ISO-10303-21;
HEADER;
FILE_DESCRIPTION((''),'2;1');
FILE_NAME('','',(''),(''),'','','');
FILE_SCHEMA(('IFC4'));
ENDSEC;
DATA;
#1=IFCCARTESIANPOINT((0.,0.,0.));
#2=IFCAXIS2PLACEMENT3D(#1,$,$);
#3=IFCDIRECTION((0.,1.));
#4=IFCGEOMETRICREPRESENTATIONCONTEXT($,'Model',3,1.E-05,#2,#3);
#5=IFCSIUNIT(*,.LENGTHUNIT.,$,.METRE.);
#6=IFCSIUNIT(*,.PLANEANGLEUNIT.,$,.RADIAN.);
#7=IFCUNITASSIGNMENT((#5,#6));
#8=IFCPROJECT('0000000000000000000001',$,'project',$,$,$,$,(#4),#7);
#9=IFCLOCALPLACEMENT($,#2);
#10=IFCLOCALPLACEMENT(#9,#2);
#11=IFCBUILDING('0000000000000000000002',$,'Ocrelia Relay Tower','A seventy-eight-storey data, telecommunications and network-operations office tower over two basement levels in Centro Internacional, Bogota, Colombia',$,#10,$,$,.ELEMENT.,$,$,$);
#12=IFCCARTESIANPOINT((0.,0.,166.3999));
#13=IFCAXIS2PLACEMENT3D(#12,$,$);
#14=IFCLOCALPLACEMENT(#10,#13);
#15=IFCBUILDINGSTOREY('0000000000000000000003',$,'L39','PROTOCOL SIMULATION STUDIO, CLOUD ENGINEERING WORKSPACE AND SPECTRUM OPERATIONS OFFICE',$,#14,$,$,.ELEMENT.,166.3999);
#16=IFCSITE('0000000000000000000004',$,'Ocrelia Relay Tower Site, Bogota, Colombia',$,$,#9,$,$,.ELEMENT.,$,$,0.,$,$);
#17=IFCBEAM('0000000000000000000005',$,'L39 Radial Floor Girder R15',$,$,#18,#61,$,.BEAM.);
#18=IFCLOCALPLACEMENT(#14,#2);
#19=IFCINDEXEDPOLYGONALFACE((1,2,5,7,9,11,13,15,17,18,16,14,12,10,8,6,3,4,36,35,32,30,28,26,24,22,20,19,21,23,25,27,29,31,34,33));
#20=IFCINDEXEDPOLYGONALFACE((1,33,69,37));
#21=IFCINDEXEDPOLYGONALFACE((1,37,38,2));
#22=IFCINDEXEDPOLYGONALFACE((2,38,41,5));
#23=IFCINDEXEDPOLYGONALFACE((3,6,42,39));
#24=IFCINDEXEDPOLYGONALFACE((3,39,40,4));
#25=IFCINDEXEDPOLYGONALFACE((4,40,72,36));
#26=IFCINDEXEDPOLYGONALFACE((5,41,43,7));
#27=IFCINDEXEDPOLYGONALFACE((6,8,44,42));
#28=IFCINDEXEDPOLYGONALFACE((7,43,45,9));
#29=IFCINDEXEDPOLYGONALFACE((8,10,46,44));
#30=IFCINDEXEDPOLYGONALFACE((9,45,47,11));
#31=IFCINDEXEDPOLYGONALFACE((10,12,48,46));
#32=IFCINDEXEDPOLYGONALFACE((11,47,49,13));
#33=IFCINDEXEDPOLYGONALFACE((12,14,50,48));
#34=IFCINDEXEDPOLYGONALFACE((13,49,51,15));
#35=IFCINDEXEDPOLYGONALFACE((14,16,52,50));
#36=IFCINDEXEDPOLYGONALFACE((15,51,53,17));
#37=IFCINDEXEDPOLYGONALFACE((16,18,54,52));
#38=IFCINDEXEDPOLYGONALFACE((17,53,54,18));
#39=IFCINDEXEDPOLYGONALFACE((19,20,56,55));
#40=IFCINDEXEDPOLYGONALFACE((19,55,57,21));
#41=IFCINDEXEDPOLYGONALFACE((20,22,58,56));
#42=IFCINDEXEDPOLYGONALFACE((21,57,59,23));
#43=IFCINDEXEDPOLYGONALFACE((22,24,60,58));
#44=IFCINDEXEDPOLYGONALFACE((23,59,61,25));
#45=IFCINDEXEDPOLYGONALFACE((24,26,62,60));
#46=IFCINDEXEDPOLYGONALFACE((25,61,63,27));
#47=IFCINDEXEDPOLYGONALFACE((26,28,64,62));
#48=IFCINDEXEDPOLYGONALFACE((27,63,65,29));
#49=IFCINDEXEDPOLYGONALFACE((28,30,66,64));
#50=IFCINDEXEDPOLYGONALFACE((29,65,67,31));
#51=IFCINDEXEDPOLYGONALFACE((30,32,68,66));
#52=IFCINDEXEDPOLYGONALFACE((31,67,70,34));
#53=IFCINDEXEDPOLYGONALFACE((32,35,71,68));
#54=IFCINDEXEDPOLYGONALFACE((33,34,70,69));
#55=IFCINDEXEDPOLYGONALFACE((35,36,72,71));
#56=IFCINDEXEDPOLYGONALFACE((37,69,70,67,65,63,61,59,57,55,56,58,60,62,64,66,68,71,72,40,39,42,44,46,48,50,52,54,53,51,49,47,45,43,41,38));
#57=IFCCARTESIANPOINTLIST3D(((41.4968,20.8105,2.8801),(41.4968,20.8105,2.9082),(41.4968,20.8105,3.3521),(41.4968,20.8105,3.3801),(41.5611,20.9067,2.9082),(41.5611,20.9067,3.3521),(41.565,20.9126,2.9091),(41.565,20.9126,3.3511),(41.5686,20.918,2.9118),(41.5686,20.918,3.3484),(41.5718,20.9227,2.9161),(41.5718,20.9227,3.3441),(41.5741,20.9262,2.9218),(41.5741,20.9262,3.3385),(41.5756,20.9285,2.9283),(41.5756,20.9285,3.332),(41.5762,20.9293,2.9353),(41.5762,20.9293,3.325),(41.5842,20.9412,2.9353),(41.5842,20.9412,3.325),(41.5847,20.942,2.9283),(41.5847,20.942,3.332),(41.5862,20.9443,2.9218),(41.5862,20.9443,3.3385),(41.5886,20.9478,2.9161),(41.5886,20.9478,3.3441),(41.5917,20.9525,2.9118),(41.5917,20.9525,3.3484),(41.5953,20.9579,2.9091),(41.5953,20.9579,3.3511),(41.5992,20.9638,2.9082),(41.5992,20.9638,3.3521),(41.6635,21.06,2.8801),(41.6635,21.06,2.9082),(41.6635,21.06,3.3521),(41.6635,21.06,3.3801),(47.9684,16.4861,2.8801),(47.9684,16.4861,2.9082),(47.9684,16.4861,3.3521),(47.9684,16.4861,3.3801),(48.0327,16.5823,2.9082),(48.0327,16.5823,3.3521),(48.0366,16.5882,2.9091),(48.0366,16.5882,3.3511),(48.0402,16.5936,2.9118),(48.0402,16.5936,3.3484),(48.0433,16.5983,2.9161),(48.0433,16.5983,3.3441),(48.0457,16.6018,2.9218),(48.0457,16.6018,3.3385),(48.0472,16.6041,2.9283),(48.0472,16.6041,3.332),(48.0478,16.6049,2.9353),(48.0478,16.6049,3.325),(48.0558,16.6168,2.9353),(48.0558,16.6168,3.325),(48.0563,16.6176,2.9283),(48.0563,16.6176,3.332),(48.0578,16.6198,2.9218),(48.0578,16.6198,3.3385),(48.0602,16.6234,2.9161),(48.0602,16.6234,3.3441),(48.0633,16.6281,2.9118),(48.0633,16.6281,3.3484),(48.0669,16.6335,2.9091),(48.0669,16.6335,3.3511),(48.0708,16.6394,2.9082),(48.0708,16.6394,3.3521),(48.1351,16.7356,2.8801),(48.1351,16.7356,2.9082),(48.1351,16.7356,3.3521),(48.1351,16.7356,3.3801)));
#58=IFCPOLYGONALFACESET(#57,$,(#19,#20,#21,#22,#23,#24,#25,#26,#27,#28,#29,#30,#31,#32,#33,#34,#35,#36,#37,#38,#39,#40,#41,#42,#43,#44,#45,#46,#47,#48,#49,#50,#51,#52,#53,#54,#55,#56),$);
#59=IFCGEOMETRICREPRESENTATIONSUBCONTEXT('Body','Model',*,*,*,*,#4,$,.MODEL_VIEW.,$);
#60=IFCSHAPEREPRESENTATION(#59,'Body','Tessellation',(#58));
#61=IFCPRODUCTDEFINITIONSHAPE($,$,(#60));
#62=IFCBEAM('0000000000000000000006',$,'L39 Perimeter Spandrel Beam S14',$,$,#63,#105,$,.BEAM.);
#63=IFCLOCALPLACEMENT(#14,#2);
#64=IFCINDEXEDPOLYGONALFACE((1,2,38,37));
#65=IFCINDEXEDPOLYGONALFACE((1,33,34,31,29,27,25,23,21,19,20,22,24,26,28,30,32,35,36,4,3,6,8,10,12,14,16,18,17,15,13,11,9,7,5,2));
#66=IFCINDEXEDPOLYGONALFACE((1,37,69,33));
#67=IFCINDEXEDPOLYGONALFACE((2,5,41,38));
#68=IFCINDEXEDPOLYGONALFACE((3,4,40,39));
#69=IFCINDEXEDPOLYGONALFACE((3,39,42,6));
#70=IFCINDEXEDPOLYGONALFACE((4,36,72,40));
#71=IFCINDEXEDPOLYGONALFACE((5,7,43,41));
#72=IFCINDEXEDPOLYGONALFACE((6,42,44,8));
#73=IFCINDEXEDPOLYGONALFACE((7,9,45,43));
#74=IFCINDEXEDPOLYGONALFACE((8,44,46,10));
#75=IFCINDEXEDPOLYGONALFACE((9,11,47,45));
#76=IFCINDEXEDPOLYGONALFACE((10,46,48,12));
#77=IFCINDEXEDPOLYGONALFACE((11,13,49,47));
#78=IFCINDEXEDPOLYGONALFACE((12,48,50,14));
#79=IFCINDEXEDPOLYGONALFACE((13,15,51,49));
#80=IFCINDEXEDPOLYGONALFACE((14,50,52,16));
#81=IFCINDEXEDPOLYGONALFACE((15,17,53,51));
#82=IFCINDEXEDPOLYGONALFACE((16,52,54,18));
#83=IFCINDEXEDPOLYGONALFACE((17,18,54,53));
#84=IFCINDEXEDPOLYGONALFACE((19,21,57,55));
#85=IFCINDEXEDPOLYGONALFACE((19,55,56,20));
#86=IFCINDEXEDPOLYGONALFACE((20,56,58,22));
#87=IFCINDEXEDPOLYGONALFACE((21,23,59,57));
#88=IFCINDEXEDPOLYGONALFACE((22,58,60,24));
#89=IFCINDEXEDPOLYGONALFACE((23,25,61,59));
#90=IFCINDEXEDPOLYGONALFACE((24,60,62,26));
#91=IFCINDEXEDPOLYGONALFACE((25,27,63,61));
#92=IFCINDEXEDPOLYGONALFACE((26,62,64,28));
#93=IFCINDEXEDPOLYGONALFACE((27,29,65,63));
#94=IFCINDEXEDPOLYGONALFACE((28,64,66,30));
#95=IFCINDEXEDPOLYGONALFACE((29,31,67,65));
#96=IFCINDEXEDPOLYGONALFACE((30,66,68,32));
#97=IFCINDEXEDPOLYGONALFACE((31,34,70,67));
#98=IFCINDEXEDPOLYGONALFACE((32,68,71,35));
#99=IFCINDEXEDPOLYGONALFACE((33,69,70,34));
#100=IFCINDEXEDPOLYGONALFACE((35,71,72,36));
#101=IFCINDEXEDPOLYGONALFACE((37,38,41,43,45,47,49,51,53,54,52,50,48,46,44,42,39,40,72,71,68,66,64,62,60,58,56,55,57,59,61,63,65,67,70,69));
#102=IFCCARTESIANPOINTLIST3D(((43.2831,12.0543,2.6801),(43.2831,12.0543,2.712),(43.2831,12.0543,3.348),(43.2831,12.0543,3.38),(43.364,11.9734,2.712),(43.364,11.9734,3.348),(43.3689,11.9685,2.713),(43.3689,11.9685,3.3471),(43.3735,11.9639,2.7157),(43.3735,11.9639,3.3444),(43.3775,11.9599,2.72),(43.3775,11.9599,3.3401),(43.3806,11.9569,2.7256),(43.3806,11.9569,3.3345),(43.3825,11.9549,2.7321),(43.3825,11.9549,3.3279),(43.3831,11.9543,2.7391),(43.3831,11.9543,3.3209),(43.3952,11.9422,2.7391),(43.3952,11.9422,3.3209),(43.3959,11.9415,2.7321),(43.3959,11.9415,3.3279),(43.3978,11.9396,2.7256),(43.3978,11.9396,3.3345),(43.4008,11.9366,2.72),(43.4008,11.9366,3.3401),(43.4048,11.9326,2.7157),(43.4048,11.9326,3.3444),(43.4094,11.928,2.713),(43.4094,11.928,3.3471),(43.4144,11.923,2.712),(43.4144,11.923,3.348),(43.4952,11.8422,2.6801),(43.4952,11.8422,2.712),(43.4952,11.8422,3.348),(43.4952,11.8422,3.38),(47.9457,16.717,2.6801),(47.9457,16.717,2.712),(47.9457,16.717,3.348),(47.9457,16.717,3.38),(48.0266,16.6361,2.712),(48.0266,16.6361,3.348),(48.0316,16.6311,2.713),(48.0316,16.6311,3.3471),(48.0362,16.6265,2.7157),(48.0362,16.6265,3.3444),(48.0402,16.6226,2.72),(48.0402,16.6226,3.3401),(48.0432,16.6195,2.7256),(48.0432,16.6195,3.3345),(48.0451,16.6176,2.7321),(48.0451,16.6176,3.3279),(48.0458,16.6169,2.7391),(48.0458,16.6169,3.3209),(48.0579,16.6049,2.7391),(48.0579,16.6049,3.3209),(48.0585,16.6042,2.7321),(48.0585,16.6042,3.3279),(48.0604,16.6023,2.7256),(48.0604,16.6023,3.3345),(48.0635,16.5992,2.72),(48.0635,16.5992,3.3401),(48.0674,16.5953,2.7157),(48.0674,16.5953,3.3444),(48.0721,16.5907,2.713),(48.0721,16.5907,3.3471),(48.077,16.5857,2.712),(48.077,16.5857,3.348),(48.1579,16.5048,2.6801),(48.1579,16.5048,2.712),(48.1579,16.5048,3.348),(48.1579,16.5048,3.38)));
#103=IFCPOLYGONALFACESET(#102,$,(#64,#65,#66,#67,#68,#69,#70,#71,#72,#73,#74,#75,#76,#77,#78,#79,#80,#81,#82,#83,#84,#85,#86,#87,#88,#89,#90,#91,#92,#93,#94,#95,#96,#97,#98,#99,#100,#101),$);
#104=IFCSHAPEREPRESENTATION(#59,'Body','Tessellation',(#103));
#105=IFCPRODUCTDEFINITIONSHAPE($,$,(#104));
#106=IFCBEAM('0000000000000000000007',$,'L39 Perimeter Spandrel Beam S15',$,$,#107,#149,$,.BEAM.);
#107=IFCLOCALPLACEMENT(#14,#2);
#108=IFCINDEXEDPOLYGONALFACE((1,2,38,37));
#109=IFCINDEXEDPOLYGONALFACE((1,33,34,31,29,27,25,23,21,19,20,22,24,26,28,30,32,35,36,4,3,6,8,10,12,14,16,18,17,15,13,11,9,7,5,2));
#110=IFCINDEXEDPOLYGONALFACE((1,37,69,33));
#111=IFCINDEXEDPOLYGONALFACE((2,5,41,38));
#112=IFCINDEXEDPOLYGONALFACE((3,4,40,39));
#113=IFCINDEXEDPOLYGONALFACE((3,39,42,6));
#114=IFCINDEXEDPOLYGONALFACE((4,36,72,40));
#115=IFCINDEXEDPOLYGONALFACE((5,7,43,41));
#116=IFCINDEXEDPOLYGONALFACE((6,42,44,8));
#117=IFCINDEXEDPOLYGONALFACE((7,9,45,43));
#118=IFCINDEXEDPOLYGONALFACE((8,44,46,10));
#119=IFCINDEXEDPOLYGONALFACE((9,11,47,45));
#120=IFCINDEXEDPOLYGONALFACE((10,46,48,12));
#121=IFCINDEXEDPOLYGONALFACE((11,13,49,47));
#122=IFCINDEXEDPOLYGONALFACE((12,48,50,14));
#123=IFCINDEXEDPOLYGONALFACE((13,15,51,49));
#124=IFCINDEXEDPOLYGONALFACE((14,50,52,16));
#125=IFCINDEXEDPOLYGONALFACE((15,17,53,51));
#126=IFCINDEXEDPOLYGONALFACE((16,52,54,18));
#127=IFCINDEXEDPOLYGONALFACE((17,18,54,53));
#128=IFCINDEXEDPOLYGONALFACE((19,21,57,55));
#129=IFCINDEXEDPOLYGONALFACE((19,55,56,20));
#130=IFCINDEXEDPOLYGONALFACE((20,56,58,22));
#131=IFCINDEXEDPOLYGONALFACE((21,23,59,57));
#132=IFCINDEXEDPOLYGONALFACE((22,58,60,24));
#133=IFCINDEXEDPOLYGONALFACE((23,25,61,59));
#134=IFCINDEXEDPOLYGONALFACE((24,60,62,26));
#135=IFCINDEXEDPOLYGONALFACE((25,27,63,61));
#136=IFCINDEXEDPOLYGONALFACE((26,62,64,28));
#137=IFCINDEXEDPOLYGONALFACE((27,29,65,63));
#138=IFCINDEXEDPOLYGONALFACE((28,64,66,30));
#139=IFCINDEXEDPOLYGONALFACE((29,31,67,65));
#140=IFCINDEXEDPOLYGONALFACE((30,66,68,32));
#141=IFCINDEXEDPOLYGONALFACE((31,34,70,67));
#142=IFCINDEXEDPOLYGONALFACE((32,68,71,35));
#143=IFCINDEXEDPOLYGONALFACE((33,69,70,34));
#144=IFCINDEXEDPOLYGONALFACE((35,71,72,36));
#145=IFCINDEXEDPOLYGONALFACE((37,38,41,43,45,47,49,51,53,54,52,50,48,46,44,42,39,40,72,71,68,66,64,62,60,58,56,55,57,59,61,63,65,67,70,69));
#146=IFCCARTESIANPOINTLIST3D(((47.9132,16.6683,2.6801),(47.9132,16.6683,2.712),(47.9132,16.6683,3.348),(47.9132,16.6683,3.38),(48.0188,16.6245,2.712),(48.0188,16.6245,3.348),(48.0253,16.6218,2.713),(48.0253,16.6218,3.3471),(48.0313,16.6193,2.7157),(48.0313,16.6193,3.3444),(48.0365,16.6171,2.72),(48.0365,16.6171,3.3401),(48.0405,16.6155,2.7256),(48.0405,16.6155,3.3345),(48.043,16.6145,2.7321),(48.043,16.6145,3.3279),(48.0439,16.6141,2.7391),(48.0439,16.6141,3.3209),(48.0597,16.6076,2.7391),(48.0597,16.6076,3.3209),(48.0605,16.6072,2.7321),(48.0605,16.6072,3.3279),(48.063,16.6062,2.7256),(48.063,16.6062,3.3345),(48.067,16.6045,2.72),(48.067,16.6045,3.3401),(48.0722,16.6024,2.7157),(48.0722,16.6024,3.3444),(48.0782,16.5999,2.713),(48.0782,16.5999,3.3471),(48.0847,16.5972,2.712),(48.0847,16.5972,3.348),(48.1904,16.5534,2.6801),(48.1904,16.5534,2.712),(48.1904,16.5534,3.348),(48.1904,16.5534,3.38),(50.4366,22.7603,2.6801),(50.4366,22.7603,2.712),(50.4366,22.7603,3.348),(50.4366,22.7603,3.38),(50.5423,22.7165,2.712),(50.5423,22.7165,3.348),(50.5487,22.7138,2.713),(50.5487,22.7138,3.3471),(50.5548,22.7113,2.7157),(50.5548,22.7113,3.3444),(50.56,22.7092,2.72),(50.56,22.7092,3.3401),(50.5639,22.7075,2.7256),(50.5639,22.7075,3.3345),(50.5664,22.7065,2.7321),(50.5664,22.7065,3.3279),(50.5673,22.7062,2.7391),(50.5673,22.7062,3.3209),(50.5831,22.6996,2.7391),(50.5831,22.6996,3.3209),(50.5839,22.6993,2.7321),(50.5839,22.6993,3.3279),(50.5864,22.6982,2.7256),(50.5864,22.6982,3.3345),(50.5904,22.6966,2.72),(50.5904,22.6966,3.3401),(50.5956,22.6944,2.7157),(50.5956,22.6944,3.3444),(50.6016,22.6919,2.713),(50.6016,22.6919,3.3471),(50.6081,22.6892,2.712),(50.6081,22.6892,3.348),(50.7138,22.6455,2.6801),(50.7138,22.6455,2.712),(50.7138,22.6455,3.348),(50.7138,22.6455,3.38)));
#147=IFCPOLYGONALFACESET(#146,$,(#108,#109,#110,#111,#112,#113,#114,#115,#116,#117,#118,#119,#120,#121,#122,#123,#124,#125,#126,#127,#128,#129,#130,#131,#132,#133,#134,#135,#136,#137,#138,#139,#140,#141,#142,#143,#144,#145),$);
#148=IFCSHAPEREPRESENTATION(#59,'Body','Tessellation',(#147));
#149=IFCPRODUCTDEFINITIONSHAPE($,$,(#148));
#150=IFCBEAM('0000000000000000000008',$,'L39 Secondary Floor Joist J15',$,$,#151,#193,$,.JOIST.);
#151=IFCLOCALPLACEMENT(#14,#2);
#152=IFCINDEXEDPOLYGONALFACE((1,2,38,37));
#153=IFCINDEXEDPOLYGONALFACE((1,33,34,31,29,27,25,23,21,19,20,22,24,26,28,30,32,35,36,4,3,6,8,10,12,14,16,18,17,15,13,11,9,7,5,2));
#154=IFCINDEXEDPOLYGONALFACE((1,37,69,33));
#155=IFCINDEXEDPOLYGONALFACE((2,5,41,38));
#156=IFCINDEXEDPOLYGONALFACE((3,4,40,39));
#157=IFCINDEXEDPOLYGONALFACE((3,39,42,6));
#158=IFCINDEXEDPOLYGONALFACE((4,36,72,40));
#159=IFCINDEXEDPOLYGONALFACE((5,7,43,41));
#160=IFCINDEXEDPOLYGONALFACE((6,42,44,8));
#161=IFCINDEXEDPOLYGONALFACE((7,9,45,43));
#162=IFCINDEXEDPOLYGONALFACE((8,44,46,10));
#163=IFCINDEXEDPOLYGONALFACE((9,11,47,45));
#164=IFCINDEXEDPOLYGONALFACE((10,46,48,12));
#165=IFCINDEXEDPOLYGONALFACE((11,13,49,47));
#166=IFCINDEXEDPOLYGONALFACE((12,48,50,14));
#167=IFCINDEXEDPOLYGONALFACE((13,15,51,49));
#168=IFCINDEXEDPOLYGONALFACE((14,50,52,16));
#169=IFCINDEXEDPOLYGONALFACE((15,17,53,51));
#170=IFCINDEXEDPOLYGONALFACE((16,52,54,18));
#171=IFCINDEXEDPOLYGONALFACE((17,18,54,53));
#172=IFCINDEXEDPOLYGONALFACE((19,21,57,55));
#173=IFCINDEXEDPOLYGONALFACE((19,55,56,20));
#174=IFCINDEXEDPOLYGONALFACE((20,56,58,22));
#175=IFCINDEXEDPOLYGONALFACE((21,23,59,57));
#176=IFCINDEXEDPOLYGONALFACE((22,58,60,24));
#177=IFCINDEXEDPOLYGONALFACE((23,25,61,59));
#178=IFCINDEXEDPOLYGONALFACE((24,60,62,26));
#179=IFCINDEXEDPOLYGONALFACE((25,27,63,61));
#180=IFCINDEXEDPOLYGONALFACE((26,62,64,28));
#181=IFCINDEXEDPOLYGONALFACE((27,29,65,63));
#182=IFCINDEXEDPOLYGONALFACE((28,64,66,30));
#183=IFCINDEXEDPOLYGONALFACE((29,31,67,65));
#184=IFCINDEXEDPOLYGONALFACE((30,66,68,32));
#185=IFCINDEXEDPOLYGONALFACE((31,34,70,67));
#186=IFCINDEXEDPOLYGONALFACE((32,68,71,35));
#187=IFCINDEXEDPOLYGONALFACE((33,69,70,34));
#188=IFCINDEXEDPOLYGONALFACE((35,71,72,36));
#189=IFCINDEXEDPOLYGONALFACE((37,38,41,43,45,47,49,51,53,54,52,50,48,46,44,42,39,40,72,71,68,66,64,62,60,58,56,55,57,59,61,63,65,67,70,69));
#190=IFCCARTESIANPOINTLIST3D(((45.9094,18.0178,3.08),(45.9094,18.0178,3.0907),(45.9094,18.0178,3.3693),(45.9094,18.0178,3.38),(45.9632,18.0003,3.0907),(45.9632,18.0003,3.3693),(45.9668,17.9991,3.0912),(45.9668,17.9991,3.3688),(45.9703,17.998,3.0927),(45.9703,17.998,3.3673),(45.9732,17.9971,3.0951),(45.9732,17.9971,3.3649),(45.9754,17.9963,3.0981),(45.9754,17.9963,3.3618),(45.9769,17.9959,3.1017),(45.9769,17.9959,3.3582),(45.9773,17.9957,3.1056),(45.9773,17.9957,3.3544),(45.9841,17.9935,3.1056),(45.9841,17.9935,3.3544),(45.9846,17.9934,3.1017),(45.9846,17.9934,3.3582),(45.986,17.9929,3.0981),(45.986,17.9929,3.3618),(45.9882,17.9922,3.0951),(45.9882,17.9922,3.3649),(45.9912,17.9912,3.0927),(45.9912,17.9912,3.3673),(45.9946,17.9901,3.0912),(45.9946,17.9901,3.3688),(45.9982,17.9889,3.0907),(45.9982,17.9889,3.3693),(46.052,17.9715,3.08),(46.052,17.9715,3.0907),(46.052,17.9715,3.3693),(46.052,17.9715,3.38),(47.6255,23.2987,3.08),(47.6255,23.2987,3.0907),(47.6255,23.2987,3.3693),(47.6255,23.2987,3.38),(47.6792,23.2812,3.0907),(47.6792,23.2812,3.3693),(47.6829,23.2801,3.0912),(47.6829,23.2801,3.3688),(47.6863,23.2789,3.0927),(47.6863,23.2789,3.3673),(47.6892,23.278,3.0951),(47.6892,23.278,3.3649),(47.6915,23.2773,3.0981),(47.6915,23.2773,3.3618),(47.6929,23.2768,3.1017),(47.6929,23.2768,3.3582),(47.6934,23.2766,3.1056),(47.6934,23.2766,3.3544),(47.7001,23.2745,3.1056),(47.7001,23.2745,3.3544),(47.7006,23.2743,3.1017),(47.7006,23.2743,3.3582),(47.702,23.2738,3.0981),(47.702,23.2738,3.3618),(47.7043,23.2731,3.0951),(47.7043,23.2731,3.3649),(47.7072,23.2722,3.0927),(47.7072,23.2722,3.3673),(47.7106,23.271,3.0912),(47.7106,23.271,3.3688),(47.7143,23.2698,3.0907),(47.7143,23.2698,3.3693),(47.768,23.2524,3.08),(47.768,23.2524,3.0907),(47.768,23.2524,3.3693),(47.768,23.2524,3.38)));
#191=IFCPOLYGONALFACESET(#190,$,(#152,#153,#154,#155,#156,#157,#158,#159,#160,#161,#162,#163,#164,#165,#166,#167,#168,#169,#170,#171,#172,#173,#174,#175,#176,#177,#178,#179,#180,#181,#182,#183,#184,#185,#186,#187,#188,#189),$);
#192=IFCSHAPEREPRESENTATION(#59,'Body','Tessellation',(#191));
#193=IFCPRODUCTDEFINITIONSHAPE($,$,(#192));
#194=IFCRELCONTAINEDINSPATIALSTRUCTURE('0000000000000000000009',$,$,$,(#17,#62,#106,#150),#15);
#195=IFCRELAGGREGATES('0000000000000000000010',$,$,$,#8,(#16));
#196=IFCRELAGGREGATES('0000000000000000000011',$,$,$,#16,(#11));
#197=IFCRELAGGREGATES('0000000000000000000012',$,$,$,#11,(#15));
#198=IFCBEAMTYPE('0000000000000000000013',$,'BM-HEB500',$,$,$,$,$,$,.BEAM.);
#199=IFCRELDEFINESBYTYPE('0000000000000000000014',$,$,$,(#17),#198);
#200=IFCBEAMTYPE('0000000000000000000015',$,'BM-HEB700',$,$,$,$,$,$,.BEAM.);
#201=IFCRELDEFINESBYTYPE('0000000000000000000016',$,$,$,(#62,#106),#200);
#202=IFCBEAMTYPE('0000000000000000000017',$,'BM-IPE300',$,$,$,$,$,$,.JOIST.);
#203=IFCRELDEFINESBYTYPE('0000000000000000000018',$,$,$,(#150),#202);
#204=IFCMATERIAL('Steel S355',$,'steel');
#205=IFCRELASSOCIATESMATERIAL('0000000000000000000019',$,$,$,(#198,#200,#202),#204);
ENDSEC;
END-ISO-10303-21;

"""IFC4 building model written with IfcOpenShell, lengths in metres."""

from ifc_helpers import new_model, si_unit, direction, frame, origin, origin_2d, place, context, subcontext, project, spatial, i_section, extrude, material, material_profile, profile_set, type_object, element, save


model = new_model("IFC4")

# Units and contexts
model_context = context("Model", 3, precision=1e-05, world=origin(), true_north=direction((0.0, 1.0)))
body_context = subcontext(model_context, "Body", "Model", "MODEL_VIEW")
ifc_project = project(units=[si_unit("LENGTHUNIT", "METRE"), si_unit("PLANEANGLEUNIT", "RADIAN")], contexts=[model_context])

# Site, building, storey
site_placement = place(None, origin())
site = spatial("IfcSite", under=ifc_project, at=site_placement, Name="Ocrelia Relay Tower Site, Bogota, Colombia", CompositionType="ELEMENT", RefElevation=0.0)
building_placement = place(site_placement, origin())
building = spatial("IfcBuilding", under=site, at=building_placement, Name="Ocrelia Relay Tower", Description="A seventy-eight-storey data, telecommunications and network-operations office tower over two basement levels in Centro Internacional, Bogota, Colombia", CompositionType="ELEMENT")
storey_placement = place(building_placement, frame((0.0, 0.0, 166.3999)))
storey = spatial("IfcBuildingStorey", under=building, at=storey_placement, Name="L39", Description="PROTOCOL SIMULATION STUDIO, CLOUD ENGINEERING WORKSPACE AND SPECTRUM OPERATIONS OFFICE", CompositionType="ELEMENT", Elevation=166.3999)

# Beams
ifc_material_1 = material(Name="Steel S355", Category="steel")
ifc_material_profile_1 = material_profile(ifc_material_1, i_section(OverallWidth=0.3, OverallDepth=0.5, WebThickness=0.0144, FlangeThickness=0.0281, FilletRadius=0.0271, at=origin_2d()), Name="HEB 500")
ifc_profile_set_1 = profile_set([ifc_material_profile_1], Name="Steel S355")
beam_type_1 = type_object("IfcBeamType", Name="BM-HEB500", PredefinedType="BEAM", material=ifc_profile_set_1)
beam_1_placement = place(storey_placement, frame((48.0518, 16.6108, 3.1301), z_axis=(-0.831456, 0.55559, 0.0), x_axis=(-0.55559, -0.831456, 0.0)))
element("IfcBeam", 1, at=beam_1_placement, inside=storey, type_object=beam_type_1, Name="L39 Radial Floor Girder R15", PredefinedType="BEAM", context=body_context, shape_type="SweptSolid", body=[
    extrude(i_section(OverallWidth=0.3, OverallDepth=0.5, WebThickness=0.0144, FlangeThickness=0.0281, FilletRadius=0.0271, at=origin_2d()), origin(), (0.0, 0.0, 1.0), 7.7834),
])
ifc_material_profile_2 = material_profile(ifc_material_1, i_section(OverallWidth=0.3, OverallDepth=0.7, WebThickness=0.0171, FlangeThickness=0.032, FilletRadius=0.0271, at=origin_2d()), Name="HEB 700")
ifc_profile_set_2 = profile_set([ifc_material_profile_2], Name="Steel S355")
beam_type_2 = type_object("IfcBeamType", Name="BM-HEB700", PredefinedType="BEAM", material=ifc_profile_set_2)
for number, where, z_axis, x_axis, name in (
    (2, (43.3892, 11.9482, 3.03), (0.707107, 0.707107, 0.0), (-0.707107, 0.707107, 0.0), "L39 Perimeter Spandrel Beam S14"),
    (3, (48.0518, 16.6108, 3.03), (0.382688, 0.923878, 0.0), (-0.923878, 0.382688, 0.0), "L39 Perimeter Spandrel Beam S15"),
):
    element("IfcBeam", number, at=place(storey_placement, frame(where, z_axis=z_axis, x_axis=x_axis)), inside=storey, type_object=beam_type_2, Name=name, PredefinedType="BEAM", context=body_context, shape_type="SweptSolid", body=[
        extrude(i_section(OverallWidth=0.3, OverallDepth=0.7, WebThickness=0.0171, FlangeThickness=0.032, FilletRadius=0.0271, at=origin_2d()), origin(), (0.0, 0.0, 1.0), 6.594),
    ])
ifc_material_profile_3 = material_profile(ifc_material_1, i_section(OverallWidth=0.1499, OverallDepth=0.3, WebThickness=0.0071, FlangeThickness=0.0107, FilletRadius=0.0149, at=origin_2d()), Name="IPE 300")
ifc_profile_set_3 = profile_set([ifc_material_profile_3], Name="Steel S355")
beam_type_3 = type_object("IfcBeamType", Name="BM-IPE300", PredefinedType="JOIST", material=ifc_profile_set_3)
beam_2_placement = place(storey_placement, frame((45.9807, 17.9946, 3.23), z_axis=(0.309043, 0.951048, 0.0), x_axis=(-0.951048, 0.309043, 0.0)))
element("IfcBeam", 4, at=beam_2_placement, inside=storey, type_object=beam_type_3, Name="L39 Secondary Floor Joist J15", PredefinedType="JOIST", context=body_context, shape_type="SweptSolid", body=[
    extrude(i_section(OverallWidth=0.1499, OverallDepth=0.3, WebThickness=0.0071, FlangeThickness=0.0107, FilletRadius=0.0149, at=origin_2d()), origin(), (0.0, 0.0, 1.0), 5.5527),
])

save(model, "model.ifc")
